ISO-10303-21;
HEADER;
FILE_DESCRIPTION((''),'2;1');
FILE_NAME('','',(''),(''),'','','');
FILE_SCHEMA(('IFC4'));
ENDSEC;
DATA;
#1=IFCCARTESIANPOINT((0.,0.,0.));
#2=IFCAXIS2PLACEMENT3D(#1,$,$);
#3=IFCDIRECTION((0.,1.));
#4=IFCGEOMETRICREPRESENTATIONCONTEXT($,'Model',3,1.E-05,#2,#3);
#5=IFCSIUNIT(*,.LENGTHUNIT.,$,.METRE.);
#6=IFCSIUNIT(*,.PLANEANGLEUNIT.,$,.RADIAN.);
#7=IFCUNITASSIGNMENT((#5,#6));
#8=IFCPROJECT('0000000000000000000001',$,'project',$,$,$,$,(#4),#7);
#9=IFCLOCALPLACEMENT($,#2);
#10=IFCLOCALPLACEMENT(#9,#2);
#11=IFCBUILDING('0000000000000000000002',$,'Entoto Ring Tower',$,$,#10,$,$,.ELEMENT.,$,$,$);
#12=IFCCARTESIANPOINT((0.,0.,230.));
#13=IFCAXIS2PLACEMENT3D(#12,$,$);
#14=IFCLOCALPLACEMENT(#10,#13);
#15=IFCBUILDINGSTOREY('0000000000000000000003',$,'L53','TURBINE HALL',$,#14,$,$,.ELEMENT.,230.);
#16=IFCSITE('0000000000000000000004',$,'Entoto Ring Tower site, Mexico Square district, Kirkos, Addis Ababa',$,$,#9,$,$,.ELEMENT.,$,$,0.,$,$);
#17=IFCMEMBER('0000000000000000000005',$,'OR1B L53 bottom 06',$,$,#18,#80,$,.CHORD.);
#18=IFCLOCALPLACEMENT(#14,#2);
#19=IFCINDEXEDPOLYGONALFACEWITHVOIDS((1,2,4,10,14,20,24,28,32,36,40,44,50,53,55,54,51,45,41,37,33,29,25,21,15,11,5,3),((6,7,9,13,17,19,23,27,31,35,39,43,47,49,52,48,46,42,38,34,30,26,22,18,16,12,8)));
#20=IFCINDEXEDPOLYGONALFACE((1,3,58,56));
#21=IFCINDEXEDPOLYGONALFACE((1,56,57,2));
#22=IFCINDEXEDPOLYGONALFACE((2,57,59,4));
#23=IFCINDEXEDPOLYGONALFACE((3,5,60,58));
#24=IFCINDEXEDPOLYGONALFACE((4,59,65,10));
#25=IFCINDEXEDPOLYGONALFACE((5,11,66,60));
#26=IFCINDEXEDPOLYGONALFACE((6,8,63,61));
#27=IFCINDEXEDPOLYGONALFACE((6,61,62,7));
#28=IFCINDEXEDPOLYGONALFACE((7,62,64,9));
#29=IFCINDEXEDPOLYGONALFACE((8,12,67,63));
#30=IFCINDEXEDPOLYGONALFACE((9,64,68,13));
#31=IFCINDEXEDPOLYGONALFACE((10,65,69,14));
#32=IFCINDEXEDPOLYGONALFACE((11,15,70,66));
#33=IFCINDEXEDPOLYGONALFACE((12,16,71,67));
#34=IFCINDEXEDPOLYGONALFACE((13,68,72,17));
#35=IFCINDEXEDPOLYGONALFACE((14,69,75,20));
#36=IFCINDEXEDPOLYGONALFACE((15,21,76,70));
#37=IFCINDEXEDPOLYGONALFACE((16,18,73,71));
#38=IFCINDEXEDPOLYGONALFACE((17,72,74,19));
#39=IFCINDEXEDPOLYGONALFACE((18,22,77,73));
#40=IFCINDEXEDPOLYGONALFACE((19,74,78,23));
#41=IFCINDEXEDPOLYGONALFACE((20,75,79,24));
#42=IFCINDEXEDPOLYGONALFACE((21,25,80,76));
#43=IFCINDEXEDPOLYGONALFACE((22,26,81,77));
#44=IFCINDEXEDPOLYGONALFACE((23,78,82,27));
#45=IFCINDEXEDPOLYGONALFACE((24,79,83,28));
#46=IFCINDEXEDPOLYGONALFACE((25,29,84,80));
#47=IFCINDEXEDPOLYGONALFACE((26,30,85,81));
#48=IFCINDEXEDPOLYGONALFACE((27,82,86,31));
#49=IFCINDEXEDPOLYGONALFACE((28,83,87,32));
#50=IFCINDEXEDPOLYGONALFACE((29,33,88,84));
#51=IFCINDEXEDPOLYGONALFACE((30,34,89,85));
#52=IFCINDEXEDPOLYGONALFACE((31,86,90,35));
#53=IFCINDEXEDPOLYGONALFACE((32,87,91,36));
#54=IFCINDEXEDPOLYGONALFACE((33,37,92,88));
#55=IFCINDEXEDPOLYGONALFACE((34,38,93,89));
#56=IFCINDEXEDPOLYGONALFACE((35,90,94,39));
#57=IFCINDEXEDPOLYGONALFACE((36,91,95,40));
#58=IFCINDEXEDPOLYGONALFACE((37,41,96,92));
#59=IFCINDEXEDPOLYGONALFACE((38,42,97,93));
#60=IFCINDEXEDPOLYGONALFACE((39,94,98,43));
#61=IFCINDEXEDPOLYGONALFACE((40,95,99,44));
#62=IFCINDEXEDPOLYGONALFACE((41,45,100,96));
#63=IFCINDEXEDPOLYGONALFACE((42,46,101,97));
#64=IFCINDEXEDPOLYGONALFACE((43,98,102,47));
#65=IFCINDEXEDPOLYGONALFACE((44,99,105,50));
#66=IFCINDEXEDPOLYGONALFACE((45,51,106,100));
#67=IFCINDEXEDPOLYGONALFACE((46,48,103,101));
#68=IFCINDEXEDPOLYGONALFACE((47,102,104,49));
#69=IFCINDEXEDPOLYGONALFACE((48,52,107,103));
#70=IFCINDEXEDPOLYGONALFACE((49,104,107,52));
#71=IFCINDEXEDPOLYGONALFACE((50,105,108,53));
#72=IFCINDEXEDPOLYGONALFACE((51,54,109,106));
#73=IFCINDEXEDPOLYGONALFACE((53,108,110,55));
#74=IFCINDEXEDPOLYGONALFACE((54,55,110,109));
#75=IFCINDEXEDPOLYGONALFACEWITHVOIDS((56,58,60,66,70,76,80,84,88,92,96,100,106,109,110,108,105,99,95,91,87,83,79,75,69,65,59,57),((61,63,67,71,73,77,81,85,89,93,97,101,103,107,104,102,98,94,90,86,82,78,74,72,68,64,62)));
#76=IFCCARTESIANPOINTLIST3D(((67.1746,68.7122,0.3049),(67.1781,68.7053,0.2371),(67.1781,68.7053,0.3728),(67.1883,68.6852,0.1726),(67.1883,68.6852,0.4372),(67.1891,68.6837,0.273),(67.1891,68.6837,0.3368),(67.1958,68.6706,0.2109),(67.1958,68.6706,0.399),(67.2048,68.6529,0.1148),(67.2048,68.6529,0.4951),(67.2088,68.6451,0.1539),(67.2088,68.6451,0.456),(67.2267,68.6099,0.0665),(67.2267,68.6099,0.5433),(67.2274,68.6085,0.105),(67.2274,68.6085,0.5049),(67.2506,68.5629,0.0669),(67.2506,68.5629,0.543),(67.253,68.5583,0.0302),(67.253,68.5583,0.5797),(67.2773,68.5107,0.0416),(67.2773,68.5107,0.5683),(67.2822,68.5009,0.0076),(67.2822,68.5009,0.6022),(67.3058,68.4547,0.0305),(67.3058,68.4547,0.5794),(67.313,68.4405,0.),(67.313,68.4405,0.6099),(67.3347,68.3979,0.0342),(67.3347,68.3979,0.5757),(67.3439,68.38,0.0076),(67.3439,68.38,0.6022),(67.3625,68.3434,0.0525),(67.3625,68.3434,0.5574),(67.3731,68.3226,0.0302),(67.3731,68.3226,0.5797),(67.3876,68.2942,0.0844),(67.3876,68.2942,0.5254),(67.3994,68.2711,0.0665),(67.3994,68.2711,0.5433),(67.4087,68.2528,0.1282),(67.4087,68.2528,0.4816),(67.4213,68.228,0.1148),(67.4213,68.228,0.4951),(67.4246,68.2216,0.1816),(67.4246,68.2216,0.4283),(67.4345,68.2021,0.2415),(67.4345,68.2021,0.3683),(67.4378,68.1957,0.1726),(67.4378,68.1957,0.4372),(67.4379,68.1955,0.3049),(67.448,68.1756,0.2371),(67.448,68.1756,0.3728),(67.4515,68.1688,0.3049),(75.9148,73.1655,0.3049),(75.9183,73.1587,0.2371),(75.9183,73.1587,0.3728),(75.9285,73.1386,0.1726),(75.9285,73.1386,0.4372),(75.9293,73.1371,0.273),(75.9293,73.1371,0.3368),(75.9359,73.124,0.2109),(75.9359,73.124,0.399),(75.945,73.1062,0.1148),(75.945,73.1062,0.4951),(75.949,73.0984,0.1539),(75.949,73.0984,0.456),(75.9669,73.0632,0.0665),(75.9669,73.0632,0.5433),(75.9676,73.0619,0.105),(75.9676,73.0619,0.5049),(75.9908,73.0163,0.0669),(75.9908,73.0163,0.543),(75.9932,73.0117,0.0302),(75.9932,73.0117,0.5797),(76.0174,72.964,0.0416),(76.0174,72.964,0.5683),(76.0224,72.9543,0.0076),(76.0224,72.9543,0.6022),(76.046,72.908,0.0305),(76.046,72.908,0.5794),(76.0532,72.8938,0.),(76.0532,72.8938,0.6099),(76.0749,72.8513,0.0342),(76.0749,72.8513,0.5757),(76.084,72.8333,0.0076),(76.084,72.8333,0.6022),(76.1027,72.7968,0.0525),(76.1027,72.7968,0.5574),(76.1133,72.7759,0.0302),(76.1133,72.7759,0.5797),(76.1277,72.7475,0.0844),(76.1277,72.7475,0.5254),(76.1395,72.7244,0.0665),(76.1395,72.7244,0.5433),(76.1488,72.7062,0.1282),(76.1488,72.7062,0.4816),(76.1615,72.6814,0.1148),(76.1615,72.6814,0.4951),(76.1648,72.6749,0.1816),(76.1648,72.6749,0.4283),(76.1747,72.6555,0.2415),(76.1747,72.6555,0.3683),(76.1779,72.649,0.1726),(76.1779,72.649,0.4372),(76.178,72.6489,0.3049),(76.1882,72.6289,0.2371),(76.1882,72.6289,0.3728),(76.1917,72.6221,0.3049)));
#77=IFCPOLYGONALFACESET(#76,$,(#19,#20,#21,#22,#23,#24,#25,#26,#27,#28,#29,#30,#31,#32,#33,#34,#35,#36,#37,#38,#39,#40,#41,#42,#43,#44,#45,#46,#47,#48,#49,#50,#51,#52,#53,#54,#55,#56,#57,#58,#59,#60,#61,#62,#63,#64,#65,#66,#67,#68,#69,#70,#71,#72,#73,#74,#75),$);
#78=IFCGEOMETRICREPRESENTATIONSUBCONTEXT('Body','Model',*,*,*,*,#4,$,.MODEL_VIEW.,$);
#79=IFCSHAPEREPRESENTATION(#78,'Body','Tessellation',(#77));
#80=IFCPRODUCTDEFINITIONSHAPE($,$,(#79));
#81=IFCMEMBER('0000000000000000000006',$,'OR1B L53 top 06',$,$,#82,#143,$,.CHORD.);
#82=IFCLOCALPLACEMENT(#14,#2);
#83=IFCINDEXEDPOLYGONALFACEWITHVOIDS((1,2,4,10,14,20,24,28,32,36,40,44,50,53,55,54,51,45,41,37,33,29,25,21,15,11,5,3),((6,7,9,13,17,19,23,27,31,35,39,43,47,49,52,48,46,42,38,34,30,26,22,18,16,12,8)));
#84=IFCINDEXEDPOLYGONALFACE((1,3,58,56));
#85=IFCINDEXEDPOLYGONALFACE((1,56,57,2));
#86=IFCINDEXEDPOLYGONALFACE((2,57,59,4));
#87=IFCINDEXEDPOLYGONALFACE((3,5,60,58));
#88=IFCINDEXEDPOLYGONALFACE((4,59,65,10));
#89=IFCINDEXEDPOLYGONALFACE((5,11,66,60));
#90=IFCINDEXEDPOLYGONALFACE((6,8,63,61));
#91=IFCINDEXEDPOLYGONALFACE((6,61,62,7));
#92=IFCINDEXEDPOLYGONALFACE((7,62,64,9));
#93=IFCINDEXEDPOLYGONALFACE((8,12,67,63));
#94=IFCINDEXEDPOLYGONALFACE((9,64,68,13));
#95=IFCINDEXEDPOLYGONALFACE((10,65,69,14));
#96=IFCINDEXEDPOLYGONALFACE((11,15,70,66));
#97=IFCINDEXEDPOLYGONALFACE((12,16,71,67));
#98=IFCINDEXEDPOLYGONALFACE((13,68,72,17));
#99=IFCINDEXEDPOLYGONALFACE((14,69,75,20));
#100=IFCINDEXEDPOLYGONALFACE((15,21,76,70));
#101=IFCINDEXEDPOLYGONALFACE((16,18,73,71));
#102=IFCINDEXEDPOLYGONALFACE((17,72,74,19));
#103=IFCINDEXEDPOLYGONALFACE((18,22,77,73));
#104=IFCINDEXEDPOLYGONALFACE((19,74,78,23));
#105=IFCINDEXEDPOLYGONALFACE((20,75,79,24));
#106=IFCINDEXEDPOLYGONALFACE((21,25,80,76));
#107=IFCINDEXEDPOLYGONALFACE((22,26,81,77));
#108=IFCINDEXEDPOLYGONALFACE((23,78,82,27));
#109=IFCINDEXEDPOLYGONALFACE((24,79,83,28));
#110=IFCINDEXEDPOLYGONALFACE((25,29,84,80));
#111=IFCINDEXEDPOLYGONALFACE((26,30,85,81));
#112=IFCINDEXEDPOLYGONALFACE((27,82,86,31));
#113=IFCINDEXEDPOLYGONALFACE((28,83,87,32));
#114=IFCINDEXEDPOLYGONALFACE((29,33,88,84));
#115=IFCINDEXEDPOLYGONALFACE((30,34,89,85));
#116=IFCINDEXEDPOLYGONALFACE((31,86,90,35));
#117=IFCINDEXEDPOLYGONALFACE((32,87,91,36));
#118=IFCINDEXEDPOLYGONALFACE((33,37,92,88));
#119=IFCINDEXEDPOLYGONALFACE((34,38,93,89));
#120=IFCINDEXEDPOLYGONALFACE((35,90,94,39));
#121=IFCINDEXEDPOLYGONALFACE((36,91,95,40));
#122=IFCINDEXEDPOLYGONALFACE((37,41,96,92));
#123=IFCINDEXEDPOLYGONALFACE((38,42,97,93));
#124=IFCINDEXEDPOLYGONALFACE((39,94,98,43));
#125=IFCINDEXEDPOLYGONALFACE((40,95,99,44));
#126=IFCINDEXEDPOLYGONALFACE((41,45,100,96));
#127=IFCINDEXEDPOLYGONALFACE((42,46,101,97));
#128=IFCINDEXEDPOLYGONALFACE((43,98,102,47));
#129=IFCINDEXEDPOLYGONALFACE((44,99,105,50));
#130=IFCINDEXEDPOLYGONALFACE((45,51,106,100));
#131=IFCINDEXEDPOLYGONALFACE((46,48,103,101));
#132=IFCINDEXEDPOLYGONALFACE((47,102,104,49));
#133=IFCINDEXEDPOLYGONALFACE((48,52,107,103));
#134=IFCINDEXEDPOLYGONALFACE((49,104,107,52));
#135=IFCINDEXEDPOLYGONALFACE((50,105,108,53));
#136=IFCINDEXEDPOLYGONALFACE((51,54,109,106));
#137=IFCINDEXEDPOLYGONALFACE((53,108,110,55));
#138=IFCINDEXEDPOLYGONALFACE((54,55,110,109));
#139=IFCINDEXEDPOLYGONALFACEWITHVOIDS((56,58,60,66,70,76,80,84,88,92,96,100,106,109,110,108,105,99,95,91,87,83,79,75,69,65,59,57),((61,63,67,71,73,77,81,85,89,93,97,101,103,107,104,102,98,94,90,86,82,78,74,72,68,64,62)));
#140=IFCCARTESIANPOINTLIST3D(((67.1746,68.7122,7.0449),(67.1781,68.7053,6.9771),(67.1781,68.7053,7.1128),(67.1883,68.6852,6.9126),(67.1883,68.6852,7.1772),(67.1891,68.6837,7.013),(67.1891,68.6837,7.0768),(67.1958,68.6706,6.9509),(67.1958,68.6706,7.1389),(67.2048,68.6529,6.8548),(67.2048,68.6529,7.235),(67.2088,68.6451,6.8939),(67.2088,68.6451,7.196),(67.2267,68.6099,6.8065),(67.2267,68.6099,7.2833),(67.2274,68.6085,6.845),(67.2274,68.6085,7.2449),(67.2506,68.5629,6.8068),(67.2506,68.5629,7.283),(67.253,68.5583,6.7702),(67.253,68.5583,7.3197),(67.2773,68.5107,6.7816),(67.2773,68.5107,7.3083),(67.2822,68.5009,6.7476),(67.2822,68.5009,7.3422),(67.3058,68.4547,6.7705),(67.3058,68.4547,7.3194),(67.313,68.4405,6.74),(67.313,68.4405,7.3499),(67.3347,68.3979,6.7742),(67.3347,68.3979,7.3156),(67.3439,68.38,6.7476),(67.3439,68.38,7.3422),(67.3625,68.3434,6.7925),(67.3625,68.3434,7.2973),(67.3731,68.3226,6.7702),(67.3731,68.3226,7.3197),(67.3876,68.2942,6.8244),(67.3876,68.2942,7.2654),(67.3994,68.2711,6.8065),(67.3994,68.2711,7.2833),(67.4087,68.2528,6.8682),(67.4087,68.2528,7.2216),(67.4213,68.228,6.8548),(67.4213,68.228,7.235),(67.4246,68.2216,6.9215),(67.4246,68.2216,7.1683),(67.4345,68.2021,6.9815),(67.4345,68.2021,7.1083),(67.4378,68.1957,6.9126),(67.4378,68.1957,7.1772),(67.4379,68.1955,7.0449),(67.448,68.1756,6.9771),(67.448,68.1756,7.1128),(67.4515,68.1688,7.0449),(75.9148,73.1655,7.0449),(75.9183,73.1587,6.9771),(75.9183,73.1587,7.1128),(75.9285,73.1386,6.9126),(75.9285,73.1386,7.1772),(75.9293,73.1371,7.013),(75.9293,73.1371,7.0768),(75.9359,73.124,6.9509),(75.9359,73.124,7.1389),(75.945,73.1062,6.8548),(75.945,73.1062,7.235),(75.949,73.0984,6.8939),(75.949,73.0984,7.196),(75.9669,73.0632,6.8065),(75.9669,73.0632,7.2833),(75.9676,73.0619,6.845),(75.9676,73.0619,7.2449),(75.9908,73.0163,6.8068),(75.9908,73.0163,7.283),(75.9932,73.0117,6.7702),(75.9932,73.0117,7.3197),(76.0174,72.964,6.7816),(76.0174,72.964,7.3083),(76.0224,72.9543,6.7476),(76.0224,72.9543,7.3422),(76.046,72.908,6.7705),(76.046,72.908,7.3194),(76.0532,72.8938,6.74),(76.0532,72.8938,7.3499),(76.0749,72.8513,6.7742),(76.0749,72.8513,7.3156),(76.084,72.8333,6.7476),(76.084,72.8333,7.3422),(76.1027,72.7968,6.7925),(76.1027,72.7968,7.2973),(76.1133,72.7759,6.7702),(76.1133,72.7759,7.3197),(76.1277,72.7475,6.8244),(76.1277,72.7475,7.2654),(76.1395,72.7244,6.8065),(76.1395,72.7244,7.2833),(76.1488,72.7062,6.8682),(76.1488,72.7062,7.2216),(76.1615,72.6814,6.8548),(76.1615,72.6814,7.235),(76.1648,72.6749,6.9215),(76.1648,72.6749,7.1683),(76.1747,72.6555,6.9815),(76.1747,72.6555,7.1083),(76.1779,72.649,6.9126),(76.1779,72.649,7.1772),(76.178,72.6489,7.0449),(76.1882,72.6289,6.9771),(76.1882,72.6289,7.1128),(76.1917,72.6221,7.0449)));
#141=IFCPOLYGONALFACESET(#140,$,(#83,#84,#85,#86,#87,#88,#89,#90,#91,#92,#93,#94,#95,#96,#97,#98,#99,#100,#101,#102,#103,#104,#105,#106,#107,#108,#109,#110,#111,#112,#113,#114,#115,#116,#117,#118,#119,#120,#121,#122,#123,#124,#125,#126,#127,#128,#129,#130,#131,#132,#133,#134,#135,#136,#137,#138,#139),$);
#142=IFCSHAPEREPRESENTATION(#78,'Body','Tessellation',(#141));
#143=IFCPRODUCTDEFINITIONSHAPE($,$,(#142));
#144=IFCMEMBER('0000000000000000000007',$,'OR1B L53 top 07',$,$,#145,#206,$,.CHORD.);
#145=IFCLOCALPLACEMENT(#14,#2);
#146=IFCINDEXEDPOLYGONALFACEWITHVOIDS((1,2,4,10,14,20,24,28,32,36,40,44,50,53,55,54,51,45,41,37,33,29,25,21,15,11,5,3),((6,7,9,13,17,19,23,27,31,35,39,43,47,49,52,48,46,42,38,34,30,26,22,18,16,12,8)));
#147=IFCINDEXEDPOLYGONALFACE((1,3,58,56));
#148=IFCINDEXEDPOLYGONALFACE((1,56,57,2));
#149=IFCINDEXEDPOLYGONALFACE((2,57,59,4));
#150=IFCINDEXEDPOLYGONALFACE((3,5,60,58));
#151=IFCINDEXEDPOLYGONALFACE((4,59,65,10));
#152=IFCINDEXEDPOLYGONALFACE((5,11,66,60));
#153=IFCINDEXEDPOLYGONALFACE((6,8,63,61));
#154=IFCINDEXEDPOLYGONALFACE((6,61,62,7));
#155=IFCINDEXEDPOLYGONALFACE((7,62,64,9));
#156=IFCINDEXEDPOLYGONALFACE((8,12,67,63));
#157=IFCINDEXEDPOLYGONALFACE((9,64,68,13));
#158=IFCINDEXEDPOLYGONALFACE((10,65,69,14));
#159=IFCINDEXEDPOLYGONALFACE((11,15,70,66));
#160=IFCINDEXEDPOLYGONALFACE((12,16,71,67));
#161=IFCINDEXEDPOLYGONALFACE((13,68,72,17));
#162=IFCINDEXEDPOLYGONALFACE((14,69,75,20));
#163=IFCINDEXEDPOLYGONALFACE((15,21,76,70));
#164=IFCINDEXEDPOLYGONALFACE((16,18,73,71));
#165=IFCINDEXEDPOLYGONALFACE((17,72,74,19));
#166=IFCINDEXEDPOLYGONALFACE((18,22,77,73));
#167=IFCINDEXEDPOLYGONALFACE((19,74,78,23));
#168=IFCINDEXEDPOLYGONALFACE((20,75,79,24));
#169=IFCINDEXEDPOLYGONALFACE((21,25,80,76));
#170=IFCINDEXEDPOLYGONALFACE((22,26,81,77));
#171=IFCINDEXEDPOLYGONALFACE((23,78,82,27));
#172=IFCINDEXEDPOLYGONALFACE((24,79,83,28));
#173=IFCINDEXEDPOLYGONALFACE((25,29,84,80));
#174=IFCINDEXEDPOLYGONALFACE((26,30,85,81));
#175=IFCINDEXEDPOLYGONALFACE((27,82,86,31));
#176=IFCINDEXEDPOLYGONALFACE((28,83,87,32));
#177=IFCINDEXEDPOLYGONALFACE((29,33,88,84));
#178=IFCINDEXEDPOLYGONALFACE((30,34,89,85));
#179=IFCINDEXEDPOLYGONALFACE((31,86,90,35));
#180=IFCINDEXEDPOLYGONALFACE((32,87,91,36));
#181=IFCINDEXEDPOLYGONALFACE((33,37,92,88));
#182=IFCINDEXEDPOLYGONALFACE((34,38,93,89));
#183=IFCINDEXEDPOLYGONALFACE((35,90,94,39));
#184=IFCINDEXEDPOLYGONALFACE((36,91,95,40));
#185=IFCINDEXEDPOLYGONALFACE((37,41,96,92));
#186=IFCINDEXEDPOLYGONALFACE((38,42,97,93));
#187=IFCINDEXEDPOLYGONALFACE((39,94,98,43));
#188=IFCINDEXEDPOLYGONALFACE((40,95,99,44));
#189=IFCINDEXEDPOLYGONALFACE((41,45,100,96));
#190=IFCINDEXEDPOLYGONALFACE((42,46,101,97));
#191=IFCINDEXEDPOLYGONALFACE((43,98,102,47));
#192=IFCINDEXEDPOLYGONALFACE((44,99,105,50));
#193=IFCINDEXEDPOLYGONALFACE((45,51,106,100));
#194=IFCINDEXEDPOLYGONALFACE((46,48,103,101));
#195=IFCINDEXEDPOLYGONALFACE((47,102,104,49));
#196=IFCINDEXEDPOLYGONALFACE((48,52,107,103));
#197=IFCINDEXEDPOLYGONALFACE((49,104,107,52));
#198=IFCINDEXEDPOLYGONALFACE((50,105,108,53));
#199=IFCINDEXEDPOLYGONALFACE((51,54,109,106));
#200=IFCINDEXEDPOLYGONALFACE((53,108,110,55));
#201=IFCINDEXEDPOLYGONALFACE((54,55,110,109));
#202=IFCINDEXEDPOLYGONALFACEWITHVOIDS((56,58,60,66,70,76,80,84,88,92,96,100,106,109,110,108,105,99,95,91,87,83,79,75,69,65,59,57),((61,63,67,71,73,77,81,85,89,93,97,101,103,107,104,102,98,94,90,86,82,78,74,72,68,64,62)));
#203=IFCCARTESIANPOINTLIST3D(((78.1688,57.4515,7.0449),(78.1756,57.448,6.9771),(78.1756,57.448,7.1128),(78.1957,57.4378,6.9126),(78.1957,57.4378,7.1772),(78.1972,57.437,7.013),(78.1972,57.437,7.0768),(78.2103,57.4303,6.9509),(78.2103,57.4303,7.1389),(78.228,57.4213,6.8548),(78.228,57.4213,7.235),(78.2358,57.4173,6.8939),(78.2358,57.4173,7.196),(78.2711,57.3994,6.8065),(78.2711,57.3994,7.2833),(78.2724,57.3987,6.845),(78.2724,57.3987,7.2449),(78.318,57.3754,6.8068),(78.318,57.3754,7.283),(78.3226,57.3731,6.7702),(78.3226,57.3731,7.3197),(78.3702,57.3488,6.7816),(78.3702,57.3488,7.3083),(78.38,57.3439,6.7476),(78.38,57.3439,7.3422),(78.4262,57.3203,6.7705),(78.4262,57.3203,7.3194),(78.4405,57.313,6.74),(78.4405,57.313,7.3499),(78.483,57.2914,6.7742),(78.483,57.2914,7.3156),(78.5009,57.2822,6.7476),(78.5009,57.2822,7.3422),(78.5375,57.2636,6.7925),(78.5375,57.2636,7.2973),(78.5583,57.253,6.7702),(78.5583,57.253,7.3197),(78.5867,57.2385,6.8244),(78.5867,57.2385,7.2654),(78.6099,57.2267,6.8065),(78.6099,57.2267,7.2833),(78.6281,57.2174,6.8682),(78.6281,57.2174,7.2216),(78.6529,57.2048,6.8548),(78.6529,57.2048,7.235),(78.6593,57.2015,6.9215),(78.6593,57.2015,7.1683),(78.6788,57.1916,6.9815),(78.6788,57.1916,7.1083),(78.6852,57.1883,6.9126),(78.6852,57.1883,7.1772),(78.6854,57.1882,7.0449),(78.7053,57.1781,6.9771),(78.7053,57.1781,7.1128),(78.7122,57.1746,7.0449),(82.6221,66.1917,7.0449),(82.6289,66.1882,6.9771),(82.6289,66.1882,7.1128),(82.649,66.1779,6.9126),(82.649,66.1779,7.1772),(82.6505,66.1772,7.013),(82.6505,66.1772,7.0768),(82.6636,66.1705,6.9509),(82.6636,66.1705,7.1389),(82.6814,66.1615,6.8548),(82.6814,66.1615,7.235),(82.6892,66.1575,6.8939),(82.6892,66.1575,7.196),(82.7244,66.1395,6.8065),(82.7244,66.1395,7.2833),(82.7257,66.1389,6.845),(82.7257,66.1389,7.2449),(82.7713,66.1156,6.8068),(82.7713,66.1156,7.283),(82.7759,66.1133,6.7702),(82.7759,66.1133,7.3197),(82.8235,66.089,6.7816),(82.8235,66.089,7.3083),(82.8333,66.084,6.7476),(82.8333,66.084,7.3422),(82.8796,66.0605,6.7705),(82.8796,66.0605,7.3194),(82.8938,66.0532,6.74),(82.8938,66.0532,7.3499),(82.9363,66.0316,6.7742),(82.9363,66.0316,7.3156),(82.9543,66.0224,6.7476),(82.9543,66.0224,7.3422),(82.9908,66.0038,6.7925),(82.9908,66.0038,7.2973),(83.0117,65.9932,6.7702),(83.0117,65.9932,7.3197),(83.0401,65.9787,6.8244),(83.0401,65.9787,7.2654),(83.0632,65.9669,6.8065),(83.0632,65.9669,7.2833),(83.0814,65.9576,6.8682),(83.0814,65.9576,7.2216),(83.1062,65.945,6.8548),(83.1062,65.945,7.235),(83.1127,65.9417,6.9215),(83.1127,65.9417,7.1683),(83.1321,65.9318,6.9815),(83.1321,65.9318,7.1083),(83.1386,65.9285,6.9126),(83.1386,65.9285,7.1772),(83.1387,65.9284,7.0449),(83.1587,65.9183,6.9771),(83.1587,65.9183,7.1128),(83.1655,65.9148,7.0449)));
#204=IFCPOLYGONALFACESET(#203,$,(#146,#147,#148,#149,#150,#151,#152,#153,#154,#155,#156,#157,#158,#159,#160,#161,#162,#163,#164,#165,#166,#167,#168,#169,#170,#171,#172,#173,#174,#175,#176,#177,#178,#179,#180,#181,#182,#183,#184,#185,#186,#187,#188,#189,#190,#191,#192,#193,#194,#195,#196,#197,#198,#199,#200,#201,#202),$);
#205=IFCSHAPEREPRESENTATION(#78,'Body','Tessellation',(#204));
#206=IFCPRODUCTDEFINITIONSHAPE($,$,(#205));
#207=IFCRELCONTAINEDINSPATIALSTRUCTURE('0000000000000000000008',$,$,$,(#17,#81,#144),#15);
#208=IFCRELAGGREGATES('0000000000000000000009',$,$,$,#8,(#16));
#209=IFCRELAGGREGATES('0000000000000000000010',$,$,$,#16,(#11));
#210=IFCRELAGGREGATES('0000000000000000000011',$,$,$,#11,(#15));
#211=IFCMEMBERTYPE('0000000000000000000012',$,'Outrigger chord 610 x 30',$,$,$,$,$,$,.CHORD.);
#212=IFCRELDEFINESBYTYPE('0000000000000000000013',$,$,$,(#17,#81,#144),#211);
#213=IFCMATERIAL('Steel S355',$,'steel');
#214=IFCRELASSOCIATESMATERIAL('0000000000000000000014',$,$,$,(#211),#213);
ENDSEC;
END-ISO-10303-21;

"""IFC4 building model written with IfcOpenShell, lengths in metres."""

from ifc_helpers import new_model, si_unit, direction, frame, origin, origin_2d, place, context, subcontext, project, spatial, circle, hollow_circle, extrude, material, material_profile, profile_set, type_object, element, save


model = new_model("IFC4")

# Units and contexts
model_context = context("Model", 3, precision=1e-05, world=origin(), true_north=direction((0.0, 1.0)))
body_context = subcontext(model_context, "Body", "Model", "MODEL_VIEW")
ifc_project = project(units=[si_unit("LENGTHUNIT", "METRE"), si_unit("PLANEANGLEUNIT", "RADIAN")], contexts=[model_context])

# Site, building, storey
site_placement = place(None, origin())
site = spatial("IfcSite", under=ifc_project, at=site_placement, Name="Entoto Ring Tower site, Mexico Square district, Kirkos, Addis Ababa", CompositionType="ELEMENT", RefElevation=0.0)
building_placement = place(site_placement, origin())
building = spatial("IfcBuilding", under=site, at=building_placement, Name="Entoto Ring Tower", CompositionType="ELEMENT")
storey_placement = place(building_placement, frame((0.0, 0.0, 230.0)))
storey = spatial("IfcBuildingStorey", under=building, at=storey_placement, Name="L53", Description="TURBINE HALL", CompositionType="ELEMENT", Elevation=230.0)

# Members
ifc_material_1 = material(Name="Steel S355", Category="steel")
ifc_material_profile_1 = material_profile(ifc_material_1, hollow_circle(Radius=0.3049, WallThickness=0.03, at=origin_2d()), Name="CHS 610 x 30")
ifc_material_2 = material(Name="Concrete C60/75", Category="concrete")
ifc_material_profile_2 = material_profile(ifc_material_2, circle(Radius=0.2749, at=origin_2d()), Name="Concrete C60/75 infill")
ifc_profile_set_1 = profile_set([ifc_material_profile_1, ifc_material_profile_2], Name="Steel S355")
member_type_1 = type_object("IfcMemberType", Name="Outrigger chord 610 x 30", PredefinedType="CHORD", material=ifc_profile_set_1)
for number, where, z_axis, x_axis, name in (
    (1, (76.0532, 72.8938, 0.3049), (-0.891007, -0.45399, 0.0), (0.45399, -0.891007, 0.0), "OR1B L53 bottom 06"),
    (2, (76.0532, 72.8938, 7.0449), (-0.891007, -0.45399, 0.0), (0.45399, -0.891007, 0.0), "OR1B L53 top 06"),
    (3, (82.8938, 66.0532, 7.0449), (-0.45399, -0.891007, 0.0), (0.891007, -0.45399, 0.0), "OR1B L53 top 07"),
):
    element("IfcMember", number, at=place(storey_placement, frame(where, z_axis=z_axis, x_axis=x_axis)), inside=storey, type_object=member_type_1, Name=name, PredefinedType="CHORD", context=body_context, shape_type="SweptSolid", body=[
        extrude(hollow_circle(Radius=0.3049, WallThickness=0.03, at=origin_2d()), origin(), (0.0, 0.0, 1.0), 9.8093),
    ])

save(model, "model.ifc")
